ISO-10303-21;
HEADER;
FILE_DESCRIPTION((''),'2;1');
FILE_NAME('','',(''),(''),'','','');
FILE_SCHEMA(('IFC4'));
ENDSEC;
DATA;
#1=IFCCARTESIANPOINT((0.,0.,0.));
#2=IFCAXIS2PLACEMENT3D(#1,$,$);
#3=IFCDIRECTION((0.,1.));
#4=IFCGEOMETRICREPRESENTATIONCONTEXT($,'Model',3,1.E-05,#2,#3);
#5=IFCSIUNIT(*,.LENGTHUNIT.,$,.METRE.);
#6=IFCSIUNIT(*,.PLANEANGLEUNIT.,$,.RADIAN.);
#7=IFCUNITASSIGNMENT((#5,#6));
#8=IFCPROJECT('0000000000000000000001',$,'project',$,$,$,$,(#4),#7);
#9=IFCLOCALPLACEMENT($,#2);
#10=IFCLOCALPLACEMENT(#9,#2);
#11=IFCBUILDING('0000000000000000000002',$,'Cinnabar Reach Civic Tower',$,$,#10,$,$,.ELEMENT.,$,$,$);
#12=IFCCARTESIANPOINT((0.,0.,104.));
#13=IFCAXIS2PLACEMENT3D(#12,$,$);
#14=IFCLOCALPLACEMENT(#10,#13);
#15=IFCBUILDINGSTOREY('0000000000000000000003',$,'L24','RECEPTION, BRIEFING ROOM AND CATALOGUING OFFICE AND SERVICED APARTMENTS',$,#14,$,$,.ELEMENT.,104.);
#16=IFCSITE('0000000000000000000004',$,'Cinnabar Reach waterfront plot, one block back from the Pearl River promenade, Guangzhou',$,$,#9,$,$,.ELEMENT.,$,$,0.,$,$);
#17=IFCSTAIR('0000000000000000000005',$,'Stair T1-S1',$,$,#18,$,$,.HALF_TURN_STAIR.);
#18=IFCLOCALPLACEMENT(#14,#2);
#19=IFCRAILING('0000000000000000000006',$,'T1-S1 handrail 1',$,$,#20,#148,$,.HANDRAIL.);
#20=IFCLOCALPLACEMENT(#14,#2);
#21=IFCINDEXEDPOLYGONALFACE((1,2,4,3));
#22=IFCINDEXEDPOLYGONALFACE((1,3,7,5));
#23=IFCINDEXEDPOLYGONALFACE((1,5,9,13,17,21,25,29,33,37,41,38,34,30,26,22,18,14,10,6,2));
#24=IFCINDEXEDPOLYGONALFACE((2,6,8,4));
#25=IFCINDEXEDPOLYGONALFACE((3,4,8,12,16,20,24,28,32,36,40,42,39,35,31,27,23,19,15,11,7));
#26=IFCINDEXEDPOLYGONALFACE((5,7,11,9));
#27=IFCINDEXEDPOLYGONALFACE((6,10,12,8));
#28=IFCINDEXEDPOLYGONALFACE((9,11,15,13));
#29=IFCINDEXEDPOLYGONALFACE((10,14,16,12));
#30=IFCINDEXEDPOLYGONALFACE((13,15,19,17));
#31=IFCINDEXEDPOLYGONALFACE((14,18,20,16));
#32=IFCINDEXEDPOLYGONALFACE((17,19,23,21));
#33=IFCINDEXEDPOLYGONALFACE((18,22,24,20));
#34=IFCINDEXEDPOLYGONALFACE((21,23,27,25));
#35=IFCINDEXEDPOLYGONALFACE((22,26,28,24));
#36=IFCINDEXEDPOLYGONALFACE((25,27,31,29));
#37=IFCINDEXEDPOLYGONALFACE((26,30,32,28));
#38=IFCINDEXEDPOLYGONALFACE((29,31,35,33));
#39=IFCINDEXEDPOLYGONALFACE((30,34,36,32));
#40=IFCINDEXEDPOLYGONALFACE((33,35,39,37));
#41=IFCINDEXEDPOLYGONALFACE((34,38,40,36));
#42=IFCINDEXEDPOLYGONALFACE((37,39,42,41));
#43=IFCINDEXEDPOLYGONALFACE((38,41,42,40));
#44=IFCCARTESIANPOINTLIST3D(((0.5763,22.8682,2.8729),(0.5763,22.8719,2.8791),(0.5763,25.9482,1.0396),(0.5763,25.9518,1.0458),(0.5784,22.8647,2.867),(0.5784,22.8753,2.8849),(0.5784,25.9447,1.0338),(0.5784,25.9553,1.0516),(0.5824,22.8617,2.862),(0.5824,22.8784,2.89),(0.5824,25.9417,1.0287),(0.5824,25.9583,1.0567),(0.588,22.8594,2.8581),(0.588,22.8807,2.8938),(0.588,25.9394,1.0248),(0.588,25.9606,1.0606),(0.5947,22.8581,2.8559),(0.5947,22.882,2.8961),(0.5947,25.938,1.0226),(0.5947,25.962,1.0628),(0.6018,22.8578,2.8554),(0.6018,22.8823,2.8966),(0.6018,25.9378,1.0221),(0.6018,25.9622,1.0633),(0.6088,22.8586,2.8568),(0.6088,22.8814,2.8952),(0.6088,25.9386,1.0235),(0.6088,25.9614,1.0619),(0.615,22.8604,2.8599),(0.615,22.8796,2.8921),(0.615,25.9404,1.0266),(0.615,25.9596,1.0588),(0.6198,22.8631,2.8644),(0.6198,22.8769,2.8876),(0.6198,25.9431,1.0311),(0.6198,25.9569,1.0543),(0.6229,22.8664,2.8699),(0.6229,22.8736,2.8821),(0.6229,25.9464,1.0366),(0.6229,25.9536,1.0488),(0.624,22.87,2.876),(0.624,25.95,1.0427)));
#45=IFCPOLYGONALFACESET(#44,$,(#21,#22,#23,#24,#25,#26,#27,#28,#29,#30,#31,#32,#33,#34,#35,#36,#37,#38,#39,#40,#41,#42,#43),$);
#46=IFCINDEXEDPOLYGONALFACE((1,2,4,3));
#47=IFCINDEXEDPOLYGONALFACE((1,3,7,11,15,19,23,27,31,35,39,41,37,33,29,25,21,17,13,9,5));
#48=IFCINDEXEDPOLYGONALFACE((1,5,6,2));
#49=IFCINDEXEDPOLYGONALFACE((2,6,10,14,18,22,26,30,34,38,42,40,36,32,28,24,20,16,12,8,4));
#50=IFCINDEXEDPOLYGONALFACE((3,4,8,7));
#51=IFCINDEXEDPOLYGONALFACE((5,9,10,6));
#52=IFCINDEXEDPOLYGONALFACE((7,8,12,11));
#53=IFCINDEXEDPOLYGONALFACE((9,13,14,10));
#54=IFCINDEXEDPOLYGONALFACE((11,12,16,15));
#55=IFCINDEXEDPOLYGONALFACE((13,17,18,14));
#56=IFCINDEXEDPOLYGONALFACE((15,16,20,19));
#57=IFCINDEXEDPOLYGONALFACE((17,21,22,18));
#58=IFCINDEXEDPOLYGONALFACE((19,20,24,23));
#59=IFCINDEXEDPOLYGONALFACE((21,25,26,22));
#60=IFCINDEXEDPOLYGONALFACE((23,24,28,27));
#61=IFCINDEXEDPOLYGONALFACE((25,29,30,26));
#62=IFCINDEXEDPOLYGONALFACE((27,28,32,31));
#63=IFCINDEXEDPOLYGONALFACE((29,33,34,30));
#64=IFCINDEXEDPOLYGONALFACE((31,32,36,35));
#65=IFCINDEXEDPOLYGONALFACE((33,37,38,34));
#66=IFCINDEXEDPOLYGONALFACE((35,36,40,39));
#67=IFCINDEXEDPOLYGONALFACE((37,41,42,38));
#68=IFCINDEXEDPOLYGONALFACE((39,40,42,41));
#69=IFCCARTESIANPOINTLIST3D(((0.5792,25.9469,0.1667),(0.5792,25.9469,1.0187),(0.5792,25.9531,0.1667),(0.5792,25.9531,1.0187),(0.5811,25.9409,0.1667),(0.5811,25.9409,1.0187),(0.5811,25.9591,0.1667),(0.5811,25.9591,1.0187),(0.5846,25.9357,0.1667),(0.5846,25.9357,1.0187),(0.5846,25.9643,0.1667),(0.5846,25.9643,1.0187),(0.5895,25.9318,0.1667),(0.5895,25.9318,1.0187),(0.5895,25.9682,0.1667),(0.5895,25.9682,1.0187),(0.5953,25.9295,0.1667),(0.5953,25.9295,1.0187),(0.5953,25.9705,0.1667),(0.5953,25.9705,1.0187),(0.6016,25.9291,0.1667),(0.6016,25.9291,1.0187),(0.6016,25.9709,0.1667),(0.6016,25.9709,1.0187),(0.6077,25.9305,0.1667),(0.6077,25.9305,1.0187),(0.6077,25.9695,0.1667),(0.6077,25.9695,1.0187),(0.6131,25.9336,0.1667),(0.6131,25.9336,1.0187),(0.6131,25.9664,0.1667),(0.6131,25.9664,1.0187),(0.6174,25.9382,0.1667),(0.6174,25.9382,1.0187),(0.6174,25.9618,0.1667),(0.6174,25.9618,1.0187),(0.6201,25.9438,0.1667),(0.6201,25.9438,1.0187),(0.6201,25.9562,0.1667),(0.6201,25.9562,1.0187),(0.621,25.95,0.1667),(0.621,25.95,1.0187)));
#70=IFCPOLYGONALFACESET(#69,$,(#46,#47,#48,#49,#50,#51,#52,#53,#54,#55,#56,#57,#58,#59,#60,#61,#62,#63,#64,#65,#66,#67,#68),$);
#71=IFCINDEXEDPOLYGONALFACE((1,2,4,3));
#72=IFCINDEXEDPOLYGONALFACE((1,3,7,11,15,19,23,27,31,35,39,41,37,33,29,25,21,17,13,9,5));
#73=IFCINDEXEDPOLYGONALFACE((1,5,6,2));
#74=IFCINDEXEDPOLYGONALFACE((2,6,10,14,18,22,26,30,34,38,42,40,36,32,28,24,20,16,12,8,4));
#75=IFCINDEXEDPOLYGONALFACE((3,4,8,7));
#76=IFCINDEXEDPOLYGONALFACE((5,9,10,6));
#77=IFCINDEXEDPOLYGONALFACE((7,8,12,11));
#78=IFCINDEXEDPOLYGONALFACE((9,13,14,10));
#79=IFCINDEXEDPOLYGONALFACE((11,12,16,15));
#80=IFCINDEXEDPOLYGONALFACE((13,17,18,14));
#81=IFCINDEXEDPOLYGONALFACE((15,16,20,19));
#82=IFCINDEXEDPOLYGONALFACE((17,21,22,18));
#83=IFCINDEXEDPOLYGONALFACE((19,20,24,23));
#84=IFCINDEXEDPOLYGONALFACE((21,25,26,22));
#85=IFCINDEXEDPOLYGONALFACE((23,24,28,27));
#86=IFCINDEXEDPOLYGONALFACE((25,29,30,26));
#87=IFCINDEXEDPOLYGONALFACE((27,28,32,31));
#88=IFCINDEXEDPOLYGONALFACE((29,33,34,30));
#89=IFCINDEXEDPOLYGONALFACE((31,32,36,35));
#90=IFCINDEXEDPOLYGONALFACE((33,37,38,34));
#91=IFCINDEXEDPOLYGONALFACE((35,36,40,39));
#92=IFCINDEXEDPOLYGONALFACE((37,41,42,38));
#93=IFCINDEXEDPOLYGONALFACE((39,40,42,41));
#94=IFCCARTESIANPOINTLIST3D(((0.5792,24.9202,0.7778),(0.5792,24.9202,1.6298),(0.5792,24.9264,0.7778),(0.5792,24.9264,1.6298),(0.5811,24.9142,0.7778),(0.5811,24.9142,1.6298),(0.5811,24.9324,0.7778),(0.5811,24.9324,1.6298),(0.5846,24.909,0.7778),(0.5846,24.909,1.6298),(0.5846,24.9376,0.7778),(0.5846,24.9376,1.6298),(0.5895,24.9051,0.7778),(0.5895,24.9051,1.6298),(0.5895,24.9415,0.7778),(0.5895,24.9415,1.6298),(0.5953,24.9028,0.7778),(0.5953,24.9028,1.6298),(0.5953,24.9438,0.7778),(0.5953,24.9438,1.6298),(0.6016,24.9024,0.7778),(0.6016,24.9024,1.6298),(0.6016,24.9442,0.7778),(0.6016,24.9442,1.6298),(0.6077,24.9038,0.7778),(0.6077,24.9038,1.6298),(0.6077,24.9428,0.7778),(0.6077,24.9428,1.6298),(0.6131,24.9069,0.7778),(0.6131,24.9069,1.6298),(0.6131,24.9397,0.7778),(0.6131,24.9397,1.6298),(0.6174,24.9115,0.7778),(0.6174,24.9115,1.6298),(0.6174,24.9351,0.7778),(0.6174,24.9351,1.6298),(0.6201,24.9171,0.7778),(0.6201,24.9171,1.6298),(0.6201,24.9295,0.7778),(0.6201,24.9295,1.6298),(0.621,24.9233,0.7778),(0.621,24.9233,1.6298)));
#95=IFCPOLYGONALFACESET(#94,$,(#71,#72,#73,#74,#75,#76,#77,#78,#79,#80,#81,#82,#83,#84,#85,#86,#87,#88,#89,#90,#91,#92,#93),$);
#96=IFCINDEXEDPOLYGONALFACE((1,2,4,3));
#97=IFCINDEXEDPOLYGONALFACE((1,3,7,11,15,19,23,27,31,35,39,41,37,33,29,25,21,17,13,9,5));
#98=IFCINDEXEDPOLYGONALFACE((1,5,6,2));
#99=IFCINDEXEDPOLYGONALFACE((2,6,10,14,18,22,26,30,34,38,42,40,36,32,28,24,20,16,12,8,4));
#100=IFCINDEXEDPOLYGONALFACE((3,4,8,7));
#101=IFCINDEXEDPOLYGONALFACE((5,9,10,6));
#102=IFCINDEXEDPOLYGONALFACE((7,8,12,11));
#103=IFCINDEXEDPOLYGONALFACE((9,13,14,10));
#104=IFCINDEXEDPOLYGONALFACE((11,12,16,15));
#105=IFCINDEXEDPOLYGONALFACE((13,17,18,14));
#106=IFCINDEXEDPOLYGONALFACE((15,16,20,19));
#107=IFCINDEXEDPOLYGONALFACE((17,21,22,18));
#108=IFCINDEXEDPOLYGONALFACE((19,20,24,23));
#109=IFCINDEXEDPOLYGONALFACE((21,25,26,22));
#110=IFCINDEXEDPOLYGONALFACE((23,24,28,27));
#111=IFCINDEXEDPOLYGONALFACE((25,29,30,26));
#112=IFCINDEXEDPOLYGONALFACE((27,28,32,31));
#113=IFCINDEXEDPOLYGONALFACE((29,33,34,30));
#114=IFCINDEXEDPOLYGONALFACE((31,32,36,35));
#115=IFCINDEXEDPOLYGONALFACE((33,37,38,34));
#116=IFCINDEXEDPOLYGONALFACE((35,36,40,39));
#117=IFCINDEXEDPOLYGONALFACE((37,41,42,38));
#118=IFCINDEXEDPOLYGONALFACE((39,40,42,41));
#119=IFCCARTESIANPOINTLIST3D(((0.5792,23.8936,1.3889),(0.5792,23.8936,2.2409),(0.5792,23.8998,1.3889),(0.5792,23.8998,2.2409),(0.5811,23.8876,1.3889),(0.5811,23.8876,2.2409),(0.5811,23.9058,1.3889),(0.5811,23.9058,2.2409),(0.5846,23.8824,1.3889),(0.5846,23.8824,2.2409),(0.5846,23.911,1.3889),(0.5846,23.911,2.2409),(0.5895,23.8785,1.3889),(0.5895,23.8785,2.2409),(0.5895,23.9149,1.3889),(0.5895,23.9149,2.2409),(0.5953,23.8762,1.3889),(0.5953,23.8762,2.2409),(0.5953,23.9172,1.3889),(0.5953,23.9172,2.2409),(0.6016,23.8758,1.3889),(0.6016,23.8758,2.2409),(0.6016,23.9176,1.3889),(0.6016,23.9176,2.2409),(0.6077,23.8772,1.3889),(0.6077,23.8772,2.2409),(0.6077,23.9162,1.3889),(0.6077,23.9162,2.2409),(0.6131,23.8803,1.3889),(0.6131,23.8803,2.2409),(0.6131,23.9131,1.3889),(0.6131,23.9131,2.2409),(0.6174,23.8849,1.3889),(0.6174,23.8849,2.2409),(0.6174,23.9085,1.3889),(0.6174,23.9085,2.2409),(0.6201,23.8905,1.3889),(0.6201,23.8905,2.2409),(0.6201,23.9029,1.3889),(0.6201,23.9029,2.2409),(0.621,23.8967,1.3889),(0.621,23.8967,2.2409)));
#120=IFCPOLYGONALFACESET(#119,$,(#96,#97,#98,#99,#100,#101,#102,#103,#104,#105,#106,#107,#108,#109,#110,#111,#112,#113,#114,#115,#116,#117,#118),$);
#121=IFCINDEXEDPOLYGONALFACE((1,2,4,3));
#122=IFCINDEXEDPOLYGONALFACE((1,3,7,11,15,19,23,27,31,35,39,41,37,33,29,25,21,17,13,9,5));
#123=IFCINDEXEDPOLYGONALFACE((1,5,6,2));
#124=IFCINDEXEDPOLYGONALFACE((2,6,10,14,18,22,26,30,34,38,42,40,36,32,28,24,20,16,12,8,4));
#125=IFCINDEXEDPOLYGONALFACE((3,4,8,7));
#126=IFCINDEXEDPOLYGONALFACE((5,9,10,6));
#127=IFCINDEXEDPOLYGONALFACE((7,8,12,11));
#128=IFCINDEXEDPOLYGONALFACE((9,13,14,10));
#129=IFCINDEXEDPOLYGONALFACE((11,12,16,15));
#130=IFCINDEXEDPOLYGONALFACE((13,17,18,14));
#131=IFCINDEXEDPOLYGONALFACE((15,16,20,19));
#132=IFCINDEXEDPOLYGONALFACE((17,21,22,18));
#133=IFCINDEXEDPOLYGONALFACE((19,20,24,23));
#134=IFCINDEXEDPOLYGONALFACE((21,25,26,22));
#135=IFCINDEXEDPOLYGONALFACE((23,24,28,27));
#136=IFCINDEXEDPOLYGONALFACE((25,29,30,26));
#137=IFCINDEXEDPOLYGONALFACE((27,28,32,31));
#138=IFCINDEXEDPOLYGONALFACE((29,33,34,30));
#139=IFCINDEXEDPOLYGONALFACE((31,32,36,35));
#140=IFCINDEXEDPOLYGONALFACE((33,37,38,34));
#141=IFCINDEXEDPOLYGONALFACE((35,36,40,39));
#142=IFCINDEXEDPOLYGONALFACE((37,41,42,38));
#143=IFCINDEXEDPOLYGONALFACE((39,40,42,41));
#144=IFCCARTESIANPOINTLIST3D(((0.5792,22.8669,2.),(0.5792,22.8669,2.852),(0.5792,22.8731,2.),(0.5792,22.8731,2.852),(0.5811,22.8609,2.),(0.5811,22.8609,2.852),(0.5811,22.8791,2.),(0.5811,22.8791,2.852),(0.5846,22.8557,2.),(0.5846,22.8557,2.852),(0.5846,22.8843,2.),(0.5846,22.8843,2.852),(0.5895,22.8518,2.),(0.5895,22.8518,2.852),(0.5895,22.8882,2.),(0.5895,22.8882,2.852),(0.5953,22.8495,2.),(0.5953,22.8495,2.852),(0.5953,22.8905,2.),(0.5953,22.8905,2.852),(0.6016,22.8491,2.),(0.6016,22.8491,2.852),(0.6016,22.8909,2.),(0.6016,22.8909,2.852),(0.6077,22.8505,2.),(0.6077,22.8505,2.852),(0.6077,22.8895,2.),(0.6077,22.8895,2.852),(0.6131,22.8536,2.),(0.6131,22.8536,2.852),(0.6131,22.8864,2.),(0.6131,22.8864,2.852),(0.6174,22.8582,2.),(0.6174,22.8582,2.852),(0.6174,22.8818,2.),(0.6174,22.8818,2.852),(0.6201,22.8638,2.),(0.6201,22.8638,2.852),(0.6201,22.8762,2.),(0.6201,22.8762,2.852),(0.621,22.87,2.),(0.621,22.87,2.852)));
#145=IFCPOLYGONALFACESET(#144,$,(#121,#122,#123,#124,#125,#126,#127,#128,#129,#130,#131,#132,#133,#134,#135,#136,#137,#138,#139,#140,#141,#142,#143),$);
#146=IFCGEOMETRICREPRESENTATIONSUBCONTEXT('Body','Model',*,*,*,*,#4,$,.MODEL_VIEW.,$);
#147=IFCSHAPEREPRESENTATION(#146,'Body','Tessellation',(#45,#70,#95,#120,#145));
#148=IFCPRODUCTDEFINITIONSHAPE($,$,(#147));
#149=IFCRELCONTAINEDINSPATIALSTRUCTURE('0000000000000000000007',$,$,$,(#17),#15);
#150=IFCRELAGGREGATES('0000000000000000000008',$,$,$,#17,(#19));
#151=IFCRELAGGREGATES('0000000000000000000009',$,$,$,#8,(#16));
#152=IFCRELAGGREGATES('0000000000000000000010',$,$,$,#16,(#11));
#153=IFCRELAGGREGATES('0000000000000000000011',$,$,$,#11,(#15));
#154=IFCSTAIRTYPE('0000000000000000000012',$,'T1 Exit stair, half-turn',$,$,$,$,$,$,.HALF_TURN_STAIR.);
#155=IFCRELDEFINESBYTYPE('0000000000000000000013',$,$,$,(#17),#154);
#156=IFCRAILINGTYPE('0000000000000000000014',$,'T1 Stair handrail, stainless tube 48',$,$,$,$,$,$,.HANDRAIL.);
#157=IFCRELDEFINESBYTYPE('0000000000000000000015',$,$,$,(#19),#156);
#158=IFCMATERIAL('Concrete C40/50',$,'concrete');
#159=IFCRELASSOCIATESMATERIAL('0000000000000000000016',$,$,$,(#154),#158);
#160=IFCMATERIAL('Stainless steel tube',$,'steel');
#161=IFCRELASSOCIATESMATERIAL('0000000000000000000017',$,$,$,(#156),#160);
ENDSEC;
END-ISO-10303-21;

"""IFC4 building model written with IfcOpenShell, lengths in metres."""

from ifc_helpers import new_model, si_unit, direction, frame, origin, origin_2d, place, context, subcontext, project, spatial, circle, extrude, material, type_object, element, aggregate, save


model = new_model("IFC4")

# Units and contexts
model_context = context("Model", 3, precision=1e-05, world=origin(), true_north=direction((0.0, 1.0)))
body_context = subcontext(model_context, "Body", "Model", "MODEL_VIEW")
ifc_project = project(units=[si_unit("LENGTHUNIT", "METRE"), si_unit("PLANEANGLEUNIT", "RADIAN")], contexts=[model_context])

# Site, building, storey
site_placement = place(None, origin())
site = spatial("IfcSite", under=ifc_project, at=site_placement, Name="Cinnabar Reach waterfront plot, one block back from the Pearl River promenade, Guangzhou", CompositionType="ELEMENT", RefElevation=0.0)
building_placement = place(site_placement, origin())
building = spatial("IfcBuilding", under=site, at=building_placement, Name="Cinnabar Reach Civic Tower", CompositionType="ELEMENT")
storey_placement = place(building_placement, frame((0.0, 0.0, 104.0)))
storey = spatial("IfcBuildingStorey", under=building, at=storey_placement, Name="L24", Description="RECEPTION, BRIEFING ROOM AND CATALOGUING OFFICE AND SERVICED APARTMENTS", CompositionType="ELEMENT", Elevation=104.0)

# Stair
ifc_material_1 = material(Name="Concrete C40/50", Category="concrete")
stair_type_1 = type_object("IfcStairType", Name="T1 Exit stair, half-turn", PredefinedType="HALF_TURN_STAIR", material=ifc_material_1)
stair_1_placement = place(storey_placement, origin())
stair_1 = element("IfcStair", 1, at=stair_1_placement, inside=storey, type_object=stair_type_1, Name="Stair T1-S1", PredefinedType="HALF_TURN_STAIR")

# Railing
ifc_material_2 = material(Name="Stainless steel tube", Category="steel")
railing_type_1 = type_object("IfcRailingType", Name="T1 Stair handrail, stainless tube 48", PredefinedType="HANDRAIL", material=ifc_material_2)
railing_1_placement = place(storey_placement, frame((0.6, 25.95, 0.1667)))
railing_1 = element("IfcRailing", 2, at=railing_1_placement, type_object=railing_type_1, Name="T1-S1 handrail 1", PredefinedType="HANDRAIL", context=body_context, shape_type="SweptSolid", body=[
    extrude(circle(Radius=0.024, at=origin_2d()), frame((0.0, 0.0, 0.876), z_axis=(0.0, -0.859297, 0.511477), x_axis=(1.0, 0.0, 0.0)), (0.0, 0.0, 1.0), 3.5843),
    extrude(circle(Radius=0.021, at=origin_2d()), origin(), (0.0, 0.0, 1.0), 0.852),
    extrude(circle(Radius=0.021, at=origin_2d()), frame((0.0, -1.0267, 0.6111)), (0.0, 0.0, 1.0), 0.852),
    extrude(circle(Radius=0.021, at=origin_2d()), frame((0.0, -2.0533, 1.2222)), (0.0, 0.0, 1.0), 0.852),
    extrude(circle(Radius=0.021, at=origin_2d()), frame((0.0, -3.08, 1.8333)), (0.0, 0.0, 1.0), 0.852),
])
aggregate(stair_1, [railing_1])

save(model, "model.ifc")
